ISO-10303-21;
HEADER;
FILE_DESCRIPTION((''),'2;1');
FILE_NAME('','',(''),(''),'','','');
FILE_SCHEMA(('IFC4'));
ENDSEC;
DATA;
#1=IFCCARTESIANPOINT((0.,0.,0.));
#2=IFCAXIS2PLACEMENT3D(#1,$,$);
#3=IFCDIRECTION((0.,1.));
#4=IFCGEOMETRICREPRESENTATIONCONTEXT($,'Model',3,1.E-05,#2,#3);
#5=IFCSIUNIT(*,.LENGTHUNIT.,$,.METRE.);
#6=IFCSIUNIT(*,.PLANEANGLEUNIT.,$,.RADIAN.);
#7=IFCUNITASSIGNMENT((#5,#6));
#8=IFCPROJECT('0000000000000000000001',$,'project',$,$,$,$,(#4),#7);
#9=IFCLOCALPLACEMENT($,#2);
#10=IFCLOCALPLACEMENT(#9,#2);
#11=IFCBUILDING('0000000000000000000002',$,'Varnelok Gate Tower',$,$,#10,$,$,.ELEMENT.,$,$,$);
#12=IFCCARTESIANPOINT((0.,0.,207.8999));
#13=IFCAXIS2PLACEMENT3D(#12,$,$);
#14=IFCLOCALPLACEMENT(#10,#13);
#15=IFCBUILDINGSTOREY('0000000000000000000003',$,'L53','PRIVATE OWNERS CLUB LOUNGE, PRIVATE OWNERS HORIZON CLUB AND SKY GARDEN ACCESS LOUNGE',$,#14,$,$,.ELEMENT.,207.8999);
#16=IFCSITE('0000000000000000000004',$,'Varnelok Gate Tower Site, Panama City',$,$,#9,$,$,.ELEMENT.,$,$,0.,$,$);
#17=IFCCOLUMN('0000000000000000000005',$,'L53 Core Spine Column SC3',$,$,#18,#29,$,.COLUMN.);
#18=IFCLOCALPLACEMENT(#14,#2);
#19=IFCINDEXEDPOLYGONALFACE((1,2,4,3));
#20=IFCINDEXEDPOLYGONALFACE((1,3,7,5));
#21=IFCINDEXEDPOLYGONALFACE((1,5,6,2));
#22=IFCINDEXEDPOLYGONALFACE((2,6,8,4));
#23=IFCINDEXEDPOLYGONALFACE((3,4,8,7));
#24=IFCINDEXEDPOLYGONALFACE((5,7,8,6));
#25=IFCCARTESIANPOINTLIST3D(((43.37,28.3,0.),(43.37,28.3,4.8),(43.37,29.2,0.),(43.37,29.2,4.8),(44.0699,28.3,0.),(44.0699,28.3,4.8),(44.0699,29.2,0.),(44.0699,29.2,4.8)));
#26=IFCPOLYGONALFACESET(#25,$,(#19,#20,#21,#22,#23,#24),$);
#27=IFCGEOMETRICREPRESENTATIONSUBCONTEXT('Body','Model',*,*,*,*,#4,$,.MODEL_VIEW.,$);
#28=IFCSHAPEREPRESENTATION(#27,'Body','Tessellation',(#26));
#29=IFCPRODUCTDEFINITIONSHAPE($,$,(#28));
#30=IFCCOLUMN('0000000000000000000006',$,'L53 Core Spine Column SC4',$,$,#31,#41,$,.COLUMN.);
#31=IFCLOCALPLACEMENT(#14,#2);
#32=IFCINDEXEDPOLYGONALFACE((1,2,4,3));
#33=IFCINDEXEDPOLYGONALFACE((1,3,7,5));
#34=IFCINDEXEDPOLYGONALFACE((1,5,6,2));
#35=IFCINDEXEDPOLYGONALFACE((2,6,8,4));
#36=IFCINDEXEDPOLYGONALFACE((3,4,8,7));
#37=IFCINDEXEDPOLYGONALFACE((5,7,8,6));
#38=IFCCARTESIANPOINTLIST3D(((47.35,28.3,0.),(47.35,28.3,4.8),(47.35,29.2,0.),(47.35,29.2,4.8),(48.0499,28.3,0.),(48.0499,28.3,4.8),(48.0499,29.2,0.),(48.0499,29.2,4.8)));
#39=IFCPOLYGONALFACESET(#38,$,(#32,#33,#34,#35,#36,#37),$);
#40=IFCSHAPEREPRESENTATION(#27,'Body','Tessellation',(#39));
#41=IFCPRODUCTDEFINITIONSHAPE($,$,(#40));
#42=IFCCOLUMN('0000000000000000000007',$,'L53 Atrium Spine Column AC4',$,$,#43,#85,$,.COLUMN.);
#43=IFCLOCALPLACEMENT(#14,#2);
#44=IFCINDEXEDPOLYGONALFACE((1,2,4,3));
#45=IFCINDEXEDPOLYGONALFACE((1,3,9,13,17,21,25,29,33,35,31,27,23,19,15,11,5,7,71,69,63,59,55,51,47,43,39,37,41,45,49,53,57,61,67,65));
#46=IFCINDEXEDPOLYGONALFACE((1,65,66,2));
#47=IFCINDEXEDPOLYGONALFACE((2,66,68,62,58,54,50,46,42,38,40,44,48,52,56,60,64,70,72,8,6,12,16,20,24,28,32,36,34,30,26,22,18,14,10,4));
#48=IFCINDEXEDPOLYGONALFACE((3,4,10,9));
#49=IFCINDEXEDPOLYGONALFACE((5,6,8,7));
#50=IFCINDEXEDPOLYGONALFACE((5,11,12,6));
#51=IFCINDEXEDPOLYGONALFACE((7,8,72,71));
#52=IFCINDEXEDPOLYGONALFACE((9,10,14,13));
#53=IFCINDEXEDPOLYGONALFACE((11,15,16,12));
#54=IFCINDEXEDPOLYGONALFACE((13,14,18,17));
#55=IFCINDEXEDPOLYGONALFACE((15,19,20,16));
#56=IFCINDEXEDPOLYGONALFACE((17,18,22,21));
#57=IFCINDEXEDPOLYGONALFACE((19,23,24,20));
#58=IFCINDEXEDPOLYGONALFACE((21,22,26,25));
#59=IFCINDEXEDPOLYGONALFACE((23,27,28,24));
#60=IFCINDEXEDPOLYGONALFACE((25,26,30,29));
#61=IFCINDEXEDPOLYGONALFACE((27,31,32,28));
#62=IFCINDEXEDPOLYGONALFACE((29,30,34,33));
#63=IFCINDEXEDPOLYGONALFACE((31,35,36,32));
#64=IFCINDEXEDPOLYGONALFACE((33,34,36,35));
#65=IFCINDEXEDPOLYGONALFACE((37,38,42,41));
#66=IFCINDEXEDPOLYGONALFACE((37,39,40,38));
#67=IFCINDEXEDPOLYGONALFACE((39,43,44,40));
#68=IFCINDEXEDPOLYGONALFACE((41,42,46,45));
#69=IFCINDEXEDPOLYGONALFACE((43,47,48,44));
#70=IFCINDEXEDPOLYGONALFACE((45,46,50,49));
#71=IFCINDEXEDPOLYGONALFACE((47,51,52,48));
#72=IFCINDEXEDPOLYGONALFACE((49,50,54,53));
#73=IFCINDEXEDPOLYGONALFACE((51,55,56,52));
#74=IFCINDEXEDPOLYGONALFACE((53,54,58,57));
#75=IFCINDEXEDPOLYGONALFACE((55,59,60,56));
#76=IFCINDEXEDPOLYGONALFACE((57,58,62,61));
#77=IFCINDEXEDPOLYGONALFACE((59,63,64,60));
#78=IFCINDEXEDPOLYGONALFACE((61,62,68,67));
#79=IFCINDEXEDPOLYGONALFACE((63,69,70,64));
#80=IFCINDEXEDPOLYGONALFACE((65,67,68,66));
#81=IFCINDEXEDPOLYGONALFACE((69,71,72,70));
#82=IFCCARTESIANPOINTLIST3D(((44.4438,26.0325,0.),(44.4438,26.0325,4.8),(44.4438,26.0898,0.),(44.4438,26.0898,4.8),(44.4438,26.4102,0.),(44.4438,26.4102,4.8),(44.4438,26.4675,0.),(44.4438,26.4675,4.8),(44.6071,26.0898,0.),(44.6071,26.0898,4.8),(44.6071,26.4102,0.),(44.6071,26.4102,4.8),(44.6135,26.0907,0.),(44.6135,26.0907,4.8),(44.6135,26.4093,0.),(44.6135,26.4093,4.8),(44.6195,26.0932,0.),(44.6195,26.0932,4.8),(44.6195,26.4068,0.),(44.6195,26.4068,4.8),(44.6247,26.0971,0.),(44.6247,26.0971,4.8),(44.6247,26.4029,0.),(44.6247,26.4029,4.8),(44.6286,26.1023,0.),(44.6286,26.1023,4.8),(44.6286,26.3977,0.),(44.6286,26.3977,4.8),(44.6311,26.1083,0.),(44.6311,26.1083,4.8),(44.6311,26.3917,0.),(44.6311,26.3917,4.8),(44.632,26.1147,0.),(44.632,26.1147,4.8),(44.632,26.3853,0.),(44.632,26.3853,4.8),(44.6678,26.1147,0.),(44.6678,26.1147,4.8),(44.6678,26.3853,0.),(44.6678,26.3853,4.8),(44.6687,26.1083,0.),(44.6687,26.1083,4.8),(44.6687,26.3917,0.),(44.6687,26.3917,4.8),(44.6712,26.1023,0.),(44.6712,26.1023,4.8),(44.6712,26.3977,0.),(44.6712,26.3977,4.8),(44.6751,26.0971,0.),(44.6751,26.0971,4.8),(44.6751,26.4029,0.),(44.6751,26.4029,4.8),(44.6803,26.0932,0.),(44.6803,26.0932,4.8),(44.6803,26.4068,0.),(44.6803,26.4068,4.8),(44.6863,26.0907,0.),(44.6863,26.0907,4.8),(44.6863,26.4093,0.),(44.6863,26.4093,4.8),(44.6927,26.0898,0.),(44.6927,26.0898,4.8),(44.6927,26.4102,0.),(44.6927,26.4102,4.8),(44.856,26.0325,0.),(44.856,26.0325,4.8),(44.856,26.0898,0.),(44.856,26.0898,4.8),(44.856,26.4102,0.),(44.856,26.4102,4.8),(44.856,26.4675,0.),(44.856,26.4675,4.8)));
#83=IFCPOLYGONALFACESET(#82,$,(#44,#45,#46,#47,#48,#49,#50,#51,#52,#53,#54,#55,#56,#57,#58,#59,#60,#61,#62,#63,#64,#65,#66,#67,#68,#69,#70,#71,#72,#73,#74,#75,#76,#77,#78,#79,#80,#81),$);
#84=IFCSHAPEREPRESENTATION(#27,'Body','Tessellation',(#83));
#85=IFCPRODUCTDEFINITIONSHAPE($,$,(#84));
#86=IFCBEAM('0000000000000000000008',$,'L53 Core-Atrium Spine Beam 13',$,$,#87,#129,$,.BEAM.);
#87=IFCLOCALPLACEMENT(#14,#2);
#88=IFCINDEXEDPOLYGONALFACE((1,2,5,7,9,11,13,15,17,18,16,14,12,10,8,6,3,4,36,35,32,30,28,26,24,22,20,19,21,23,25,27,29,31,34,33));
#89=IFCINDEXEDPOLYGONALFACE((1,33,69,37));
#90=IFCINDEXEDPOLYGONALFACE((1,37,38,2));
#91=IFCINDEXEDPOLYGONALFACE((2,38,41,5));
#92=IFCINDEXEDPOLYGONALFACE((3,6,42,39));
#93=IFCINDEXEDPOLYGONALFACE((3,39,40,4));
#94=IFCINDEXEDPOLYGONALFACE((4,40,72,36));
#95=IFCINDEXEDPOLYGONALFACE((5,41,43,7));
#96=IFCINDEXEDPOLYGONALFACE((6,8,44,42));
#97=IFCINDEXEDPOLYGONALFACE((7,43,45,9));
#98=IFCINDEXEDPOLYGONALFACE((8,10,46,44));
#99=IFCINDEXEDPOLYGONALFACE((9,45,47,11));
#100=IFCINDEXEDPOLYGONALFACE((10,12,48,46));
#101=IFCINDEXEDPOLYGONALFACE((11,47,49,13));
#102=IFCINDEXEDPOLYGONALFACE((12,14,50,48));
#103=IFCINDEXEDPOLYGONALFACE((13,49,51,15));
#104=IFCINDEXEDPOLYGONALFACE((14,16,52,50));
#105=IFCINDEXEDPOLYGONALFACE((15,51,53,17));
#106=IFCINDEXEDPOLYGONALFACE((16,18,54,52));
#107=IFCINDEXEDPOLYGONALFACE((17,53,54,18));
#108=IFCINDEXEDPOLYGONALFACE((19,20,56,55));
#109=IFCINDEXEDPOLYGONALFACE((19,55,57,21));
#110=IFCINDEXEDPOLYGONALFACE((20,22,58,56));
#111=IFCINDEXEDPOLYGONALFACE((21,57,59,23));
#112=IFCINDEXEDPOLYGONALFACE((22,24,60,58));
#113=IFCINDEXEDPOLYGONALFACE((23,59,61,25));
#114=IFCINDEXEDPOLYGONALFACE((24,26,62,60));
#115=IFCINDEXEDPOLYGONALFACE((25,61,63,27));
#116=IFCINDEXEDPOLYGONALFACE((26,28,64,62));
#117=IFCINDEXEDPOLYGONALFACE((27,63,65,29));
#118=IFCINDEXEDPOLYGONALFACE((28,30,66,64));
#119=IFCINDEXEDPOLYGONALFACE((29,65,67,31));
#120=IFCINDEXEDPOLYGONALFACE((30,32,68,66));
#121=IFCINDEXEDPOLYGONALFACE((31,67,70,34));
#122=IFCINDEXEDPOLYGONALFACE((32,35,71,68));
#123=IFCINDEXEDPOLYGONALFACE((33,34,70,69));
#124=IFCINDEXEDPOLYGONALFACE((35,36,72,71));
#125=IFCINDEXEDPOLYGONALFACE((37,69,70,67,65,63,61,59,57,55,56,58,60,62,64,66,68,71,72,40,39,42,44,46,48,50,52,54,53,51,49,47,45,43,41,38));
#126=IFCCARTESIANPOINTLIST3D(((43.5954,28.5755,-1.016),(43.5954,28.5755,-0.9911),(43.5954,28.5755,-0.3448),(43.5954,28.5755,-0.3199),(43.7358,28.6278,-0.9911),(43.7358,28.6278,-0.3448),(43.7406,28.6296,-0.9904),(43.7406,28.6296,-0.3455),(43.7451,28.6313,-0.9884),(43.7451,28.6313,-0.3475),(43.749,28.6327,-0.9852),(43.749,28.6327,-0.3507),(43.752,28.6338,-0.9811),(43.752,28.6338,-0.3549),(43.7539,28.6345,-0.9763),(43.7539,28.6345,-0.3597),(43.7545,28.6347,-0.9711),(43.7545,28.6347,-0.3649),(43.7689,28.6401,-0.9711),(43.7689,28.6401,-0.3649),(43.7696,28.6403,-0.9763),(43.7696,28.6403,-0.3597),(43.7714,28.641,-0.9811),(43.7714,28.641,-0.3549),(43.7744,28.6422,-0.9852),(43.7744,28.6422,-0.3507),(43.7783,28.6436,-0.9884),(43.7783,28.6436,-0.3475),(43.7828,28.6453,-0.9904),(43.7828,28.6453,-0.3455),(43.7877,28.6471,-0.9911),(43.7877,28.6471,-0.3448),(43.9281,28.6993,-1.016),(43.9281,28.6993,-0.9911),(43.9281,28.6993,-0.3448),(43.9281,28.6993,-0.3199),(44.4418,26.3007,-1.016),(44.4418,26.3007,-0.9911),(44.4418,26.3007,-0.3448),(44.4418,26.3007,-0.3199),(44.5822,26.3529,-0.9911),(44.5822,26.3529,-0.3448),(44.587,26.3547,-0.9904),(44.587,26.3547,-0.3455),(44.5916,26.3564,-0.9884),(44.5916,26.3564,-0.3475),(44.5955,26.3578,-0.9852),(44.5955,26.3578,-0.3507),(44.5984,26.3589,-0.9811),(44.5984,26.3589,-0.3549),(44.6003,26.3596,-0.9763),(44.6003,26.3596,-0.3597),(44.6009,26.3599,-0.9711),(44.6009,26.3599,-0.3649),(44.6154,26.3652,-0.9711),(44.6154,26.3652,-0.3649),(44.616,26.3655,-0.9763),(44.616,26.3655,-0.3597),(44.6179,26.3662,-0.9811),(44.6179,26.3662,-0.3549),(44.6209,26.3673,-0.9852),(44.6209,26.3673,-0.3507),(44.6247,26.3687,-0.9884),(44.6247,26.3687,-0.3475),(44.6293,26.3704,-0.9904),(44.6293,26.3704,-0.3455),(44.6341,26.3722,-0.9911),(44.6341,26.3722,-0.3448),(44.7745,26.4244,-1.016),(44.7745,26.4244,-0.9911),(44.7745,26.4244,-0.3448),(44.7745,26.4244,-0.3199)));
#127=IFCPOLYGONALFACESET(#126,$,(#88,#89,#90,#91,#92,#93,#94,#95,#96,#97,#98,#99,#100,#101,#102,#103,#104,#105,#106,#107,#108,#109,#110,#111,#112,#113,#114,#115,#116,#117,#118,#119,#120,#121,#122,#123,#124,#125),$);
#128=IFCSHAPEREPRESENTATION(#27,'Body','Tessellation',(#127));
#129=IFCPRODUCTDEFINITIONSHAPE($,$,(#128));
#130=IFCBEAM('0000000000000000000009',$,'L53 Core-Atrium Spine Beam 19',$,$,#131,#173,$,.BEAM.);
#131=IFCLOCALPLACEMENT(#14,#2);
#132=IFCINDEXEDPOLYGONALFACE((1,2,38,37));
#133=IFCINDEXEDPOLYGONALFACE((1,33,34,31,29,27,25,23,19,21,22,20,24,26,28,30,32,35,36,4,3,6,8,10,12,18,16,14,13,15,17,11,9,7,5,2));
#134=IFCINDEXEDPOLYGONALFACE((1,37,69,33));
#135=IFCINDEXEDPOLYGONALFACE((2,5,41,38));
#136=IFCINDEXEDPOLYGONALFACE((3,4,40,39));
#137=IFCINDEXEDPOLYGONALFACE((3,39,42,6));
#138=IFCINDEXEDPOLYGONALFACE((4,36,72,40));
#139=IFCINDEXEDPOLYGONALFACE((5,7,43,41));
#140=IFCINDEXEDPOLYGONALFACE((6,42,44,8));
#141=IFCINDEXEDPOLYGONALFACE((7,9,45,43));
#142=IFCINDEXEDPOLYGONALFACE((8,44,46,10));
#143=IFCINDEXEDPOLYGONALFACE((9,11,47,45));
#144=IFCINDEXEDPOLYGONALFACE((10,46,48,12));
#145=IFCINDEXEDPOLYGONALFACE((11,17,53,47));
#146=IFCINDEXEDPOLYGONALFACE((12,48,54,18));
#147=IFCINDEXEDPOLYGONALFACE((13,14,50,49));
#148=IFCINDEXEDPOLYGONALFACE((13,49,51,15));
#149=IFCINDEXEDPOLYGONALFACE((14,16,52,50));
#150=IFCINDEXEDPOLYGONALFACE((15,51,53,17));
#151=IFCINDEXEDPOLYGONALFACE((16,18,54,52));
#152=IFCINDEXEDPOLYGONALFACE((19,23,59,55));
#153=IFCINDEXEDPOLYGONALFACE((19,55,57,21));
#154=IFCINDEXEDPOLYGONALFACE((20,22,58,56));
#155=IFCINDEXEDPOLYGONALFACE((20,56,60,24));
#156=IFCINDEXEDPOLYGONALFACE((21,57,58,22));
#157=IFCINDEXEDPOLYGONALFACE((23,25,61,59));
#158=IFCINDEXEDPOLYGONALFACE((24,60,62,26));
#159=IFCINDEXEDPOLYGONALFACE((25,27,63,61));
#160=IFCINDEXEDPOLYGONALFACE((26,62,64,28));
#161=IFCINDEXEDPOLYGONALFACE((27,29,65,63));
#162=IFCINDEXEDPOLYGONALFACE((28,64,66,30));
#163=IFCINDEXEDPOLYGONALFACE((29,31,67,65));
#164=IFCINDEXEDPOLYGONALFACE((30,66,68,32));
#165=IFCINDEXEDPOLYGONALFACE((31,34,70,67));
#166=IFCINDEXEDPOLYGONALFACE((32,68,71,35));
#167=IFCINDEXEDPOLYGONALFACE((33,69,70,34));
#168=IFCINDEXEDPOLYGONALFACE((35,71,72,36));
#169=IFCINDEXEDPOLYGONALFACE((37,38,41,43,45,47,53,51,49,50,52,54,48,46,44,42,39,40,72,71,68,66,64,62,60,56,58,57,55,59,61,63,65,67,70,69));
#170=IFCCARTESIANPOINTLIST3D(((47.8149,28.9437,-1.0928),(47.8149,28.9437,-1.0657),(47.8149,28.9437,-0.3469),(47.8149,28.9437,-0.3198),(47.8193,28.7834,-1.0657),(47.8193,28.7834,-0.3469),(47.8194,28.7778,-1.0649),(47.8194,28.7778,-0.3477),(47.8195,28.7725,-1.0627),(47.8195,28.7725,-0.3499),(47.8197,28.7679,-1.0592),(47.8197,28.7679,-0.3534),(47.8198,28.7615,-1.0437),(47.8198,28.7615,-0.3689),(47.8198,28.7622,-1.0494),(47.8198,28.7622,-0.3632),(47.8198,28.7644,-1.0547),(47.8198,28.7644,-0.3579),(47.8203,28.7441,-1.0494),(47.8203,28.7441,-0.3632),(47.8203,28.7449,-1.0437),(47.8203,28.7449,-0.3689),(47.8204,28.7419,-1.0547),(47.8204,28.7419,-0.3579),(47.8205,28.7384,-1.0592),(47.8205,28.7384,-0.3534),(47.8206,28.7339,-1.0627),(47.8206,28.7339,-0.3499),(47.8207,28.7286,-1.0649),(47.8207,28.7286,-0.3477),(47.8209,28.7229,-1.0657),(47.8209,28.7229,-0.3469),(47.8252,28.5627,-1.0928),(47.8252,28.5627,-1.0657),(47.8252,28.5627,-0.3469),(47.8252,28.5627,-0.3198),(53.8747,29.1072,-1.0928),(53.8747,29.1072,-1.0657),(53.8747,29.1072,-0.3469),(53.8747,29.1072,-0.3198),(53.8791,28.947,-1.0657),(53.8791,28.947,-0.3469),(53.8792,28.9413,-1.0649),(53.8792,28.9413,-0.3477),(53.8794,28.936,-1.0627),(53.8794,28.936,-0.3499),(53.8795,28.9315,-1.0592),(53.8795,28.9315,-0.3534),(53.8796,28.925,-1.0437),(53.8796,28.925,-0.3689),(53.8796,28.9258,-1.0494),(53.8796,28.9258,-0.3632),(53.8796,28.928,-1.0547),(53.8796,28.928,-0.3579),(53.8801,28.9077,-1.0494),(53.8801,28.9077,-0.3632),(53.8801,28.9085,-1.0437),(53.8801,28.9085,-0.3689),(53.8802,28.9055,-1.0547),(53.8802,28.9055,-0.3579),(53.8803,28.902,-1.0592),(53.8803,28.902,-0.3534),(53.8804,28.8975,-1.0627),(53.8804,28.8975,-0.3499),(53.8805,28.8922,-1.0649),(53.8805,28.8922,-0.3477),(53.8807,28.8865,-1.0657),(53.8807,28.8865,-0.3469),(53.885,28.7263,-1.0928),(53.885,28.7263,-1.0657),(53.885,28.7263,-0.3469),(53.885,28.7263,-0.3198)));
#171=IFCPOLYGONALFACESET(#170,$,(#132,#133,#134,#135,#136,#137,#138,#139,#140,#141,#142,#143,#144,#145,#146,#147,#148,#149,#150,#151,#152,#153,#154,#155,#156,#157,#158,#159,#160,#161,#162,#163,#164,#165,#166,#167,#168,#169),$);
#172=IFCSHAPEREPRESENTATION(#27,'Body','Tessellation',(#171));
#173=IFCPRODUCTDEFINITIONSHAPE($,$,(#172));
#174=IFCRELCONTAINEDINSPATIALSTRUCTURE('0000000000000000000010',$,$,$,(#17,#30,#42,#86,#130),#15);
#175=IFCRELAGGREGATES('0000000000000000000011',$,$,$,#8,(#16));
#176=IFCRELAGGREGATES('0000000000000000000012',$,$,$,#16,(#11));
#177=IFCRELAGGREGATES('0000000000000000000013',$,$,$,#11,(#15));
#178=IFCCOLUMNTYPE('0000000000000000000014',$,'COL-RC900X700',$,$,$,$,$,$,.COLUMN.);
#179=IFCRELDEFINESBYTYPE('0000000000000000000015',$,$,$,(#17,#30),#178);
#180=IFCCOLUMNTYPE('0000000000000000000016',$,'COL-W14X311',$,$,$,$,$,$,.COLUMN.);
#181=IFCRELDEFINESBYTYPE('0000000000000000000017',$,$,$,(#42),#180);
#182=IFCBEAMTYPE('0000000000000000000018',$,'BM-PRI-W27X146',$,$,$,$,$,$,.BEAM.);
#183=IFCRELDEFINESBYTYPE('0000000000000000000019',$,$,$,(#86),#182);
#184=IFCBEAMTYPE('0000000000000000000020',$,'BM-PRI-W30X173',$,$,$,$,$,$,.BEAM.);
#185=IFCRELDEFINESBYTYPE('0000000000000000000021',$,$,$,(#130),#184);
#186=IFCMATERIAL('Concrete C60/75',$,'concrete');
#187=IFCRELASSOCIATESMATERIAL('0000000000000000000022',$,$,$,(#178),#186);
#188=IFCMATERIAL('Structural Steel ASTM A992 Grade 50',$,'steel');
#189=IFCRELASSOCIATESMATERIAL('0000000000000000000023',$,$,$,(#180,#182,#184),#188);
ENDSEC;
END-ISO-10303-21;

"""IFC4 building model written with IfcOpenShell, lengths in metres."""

from ifc_helpers import new_model, si_unit, direction, frame, origin, origin_2d, place, context, subcontext, project, spatial, rectangle, i_section, extrude, material, material_profile, profile_set, type_object, element, save


model = new_model("IFC4")

# Units and contexts
model_context = context("Model", 3, precision=1e-05, world=origin(), true_north=direction((0.0, 1.0)))
body_context = subcontext(model_context, "Body", "Model", "MODEL_VIEW")
ifc_project = project(units=[si_unit("LENGTHUNIT", "METRE"), si_unit("PLANEANGLEUNIT", "RADIAN")], contexts=[model_context])

# Site, building, storey
site_placement = place(None, origin())
site = spatial("IfcSite", under=ifc_project, at=site_placement, Name="Varnelok Gate Tower Site, Panama City", CompositionType="ELEMENT", RefElevation=0.0)
building_placement = place(site_placement, origin())
building = spatial("IfcBuilding", under=site, at=building_placement, Name="Varnelok Gate Tower", CompositionType="ELEMENT")
storey_placement = place(building_placement, frame((0.0, 0.0, 207.8999)))
storey = spatial("IfcBuildingStorey", under=building, at=storey_placement, Name="L53", Description="PRIVATE OWNERS CLUB LOUNGE, PRIVATE OWNERS HORIZON CLUB AND SKY GARDEN ACCESS LOUNGE", CompositionType="ELEMENT", Elevation=207.8999)

# Columns
ifc_material_1 = material(Name="Concrete C60/75", Category="concrete")
ifc_material_profile_1 = material_profile(ifc_material_1, rectangle(XDim=0.7, YDim=0.8999, at=origin_2d()), Name="RC900X700")
ifc_profile_set_1 = profile_set([ifc_material_profile_1], Name="Concrete C60/75")
column_type_1 = type_object("IfcColumnType", Name="COL-RC900X700", PredefinedType="COLUMN", material=ifc_profile_set_1)
for number, where, z_axis, x_axis, name in (
    (1, (43.72, 28.75, 0.0), (0.0, 0.0, 1.0), (1.0, 0.0, 0.0), "L53 Core Spine Column SC3"),
    (2, (47.7, 28.75, 0.0), (0.0, 0.0, 1.0), (1.0, 0.0, 0.0), "L53 Core Spine Column SC4"),
):
    element("IfcColumn", number, at=place(storey_placement, frame(where, z_axis=z_axis, x_axis=x_axis)), inside=storey, type_object=column_type_1, Name=name, PredefinedType="COLUMN", context=body_context, shape_type="SweptSolid", body=[
        extrude(rectangle(XDim=0.7, YDim=0.8999, at=origin_2d()), origin(), (0.0, 0.0, 1.0), 4.8),
    ])
ifc_material_2 = material(Name="Structural Steel ASTM A992 Grade 50", Category="steel")
ifc_material_profile_2 = material_profile(ifc_material_2, i_section(OverallWidth=0.4121, OverallDepth=0.4351, WebThickness=0.0359, FlangeThickness=0.0574, FilletRadius=0.0249, at=origin_2d()), Name="W14X311")
ifc_profile_set_2 = profile_set([ifc_material_profile_2], Name="Structural Steel ASTM A992 Grade 50")
column_type_2 = type_object("IfcColumnType", Name="COL-W14X311", PredefinedType="COLUMN", material=ifc_profile_set_2)
column_placement = place(storey_placement, frame((44.6499, 26.25, 0.0), z_axis=(0.0, 0.0, 1.0), x_axis=(1.0, 0.0, 0.0)))
element("IfcColumn", 3, at=column_placement, inside=storey, type_object=column_type_2, Name="L53 Atrium Spine Column AC4", PredefinedType="COLUMN", context=body_context, shape_type="SweptSolid", body=[
    extrude(i_section(OverallWidth=0.4121, OverallDepth=0.4351, WebThickness=0.0359, FlangeThickness=0.0574, FilletRadius=0.0249, at=origin_2d()), origin(), (0.0, 0.0, 1.0), 4.8),
])

# Beams
ifc_material_profile_3 = material_profile(ifc_material_2, i_section(OverallWidth=0.355, OverallDepth=0.696, WebThickness=0.0154, FlangeThickness=0.0249, FilletRadius=0.02, at=origin_2d()), Name="W27X146")
ifc_profile_set_3 = profile_set([ifc_material_profile_3], Name="Structural Steel ASTM A992 Grade 50")
beam_type_1 = type_object("IfcBeamType", Name="BM-PRI-W27X146", PredefinedType="BEAM", material=ifc_profile_set_3)
beam_1_placement = place(storey_placement, frame((44.6082, 26.3625, -0.668), z_axis=(-0.348719, 0.937227, 0.0), x_axis=(-0.937227, -0.348719, 0.0)))
element("IfcBeam", 4, at=beam_1_placement, inside=storey, type_object=beam_type_1, Name="L53 Core-Atrium Spine Beam 13", PredefinedType="BEAM", context=body_context, shape_type="SweptSolid", body=[
    extrude(i_section(OverallWidth=0.355, OverallDepth=0.696, WebThickness=0.0154, FlangeThickness=0.0249, FilletRadius=0.02, at=origin_2d()), origin(), (0.0, 0.0, 1.0), 2.4272),
])
ifc_material_profile_4 = material_profile(ifc_material_2, i_section(OverallWidth=0.3811, OverallDepth=0.7729, WebThickness=0.0166, FlangeThickness=0.0271, FilletRadius=0.022, at=origin_2d()), Name="W30X173")
ifc_profile_set_4 = profile_set([ifc_material_profile_4], Name="Structural Steel ASTM A992 Grade 50")
beam_type_2 = type_object("IfcBeamType", Name="BM-PRI-W30X173", PredefinedType="BEAM", material=ifc_profile_set_4)
beam_2_placement = place(storey_placement, frame((47.8201, 28.7532, -0.7063), z_axis=(0.999636, 0.026983, 0.0), x_axis=(-0.026983, 0.999636, 0.0)))
element("IfcBeam", 5, at=beam_2_placement, inside=storey, type_object=beam_type_2, Name="L53 Core-Atrium Spine Beam 19", PredefinedType="BEAM", context=body_context, shape_type="SweptSolid", body=[
    extrude(i_section(OverallWidth=0.3811, OverallDepth=0.7729, WebThickness=0.0166, FlangeThickness=0.0271, FilletRadius=0.022, at=origin_2d()), origin(), (0.0, 0.0, 1.0), 6.062),
])

save(model, "model.ifc")
